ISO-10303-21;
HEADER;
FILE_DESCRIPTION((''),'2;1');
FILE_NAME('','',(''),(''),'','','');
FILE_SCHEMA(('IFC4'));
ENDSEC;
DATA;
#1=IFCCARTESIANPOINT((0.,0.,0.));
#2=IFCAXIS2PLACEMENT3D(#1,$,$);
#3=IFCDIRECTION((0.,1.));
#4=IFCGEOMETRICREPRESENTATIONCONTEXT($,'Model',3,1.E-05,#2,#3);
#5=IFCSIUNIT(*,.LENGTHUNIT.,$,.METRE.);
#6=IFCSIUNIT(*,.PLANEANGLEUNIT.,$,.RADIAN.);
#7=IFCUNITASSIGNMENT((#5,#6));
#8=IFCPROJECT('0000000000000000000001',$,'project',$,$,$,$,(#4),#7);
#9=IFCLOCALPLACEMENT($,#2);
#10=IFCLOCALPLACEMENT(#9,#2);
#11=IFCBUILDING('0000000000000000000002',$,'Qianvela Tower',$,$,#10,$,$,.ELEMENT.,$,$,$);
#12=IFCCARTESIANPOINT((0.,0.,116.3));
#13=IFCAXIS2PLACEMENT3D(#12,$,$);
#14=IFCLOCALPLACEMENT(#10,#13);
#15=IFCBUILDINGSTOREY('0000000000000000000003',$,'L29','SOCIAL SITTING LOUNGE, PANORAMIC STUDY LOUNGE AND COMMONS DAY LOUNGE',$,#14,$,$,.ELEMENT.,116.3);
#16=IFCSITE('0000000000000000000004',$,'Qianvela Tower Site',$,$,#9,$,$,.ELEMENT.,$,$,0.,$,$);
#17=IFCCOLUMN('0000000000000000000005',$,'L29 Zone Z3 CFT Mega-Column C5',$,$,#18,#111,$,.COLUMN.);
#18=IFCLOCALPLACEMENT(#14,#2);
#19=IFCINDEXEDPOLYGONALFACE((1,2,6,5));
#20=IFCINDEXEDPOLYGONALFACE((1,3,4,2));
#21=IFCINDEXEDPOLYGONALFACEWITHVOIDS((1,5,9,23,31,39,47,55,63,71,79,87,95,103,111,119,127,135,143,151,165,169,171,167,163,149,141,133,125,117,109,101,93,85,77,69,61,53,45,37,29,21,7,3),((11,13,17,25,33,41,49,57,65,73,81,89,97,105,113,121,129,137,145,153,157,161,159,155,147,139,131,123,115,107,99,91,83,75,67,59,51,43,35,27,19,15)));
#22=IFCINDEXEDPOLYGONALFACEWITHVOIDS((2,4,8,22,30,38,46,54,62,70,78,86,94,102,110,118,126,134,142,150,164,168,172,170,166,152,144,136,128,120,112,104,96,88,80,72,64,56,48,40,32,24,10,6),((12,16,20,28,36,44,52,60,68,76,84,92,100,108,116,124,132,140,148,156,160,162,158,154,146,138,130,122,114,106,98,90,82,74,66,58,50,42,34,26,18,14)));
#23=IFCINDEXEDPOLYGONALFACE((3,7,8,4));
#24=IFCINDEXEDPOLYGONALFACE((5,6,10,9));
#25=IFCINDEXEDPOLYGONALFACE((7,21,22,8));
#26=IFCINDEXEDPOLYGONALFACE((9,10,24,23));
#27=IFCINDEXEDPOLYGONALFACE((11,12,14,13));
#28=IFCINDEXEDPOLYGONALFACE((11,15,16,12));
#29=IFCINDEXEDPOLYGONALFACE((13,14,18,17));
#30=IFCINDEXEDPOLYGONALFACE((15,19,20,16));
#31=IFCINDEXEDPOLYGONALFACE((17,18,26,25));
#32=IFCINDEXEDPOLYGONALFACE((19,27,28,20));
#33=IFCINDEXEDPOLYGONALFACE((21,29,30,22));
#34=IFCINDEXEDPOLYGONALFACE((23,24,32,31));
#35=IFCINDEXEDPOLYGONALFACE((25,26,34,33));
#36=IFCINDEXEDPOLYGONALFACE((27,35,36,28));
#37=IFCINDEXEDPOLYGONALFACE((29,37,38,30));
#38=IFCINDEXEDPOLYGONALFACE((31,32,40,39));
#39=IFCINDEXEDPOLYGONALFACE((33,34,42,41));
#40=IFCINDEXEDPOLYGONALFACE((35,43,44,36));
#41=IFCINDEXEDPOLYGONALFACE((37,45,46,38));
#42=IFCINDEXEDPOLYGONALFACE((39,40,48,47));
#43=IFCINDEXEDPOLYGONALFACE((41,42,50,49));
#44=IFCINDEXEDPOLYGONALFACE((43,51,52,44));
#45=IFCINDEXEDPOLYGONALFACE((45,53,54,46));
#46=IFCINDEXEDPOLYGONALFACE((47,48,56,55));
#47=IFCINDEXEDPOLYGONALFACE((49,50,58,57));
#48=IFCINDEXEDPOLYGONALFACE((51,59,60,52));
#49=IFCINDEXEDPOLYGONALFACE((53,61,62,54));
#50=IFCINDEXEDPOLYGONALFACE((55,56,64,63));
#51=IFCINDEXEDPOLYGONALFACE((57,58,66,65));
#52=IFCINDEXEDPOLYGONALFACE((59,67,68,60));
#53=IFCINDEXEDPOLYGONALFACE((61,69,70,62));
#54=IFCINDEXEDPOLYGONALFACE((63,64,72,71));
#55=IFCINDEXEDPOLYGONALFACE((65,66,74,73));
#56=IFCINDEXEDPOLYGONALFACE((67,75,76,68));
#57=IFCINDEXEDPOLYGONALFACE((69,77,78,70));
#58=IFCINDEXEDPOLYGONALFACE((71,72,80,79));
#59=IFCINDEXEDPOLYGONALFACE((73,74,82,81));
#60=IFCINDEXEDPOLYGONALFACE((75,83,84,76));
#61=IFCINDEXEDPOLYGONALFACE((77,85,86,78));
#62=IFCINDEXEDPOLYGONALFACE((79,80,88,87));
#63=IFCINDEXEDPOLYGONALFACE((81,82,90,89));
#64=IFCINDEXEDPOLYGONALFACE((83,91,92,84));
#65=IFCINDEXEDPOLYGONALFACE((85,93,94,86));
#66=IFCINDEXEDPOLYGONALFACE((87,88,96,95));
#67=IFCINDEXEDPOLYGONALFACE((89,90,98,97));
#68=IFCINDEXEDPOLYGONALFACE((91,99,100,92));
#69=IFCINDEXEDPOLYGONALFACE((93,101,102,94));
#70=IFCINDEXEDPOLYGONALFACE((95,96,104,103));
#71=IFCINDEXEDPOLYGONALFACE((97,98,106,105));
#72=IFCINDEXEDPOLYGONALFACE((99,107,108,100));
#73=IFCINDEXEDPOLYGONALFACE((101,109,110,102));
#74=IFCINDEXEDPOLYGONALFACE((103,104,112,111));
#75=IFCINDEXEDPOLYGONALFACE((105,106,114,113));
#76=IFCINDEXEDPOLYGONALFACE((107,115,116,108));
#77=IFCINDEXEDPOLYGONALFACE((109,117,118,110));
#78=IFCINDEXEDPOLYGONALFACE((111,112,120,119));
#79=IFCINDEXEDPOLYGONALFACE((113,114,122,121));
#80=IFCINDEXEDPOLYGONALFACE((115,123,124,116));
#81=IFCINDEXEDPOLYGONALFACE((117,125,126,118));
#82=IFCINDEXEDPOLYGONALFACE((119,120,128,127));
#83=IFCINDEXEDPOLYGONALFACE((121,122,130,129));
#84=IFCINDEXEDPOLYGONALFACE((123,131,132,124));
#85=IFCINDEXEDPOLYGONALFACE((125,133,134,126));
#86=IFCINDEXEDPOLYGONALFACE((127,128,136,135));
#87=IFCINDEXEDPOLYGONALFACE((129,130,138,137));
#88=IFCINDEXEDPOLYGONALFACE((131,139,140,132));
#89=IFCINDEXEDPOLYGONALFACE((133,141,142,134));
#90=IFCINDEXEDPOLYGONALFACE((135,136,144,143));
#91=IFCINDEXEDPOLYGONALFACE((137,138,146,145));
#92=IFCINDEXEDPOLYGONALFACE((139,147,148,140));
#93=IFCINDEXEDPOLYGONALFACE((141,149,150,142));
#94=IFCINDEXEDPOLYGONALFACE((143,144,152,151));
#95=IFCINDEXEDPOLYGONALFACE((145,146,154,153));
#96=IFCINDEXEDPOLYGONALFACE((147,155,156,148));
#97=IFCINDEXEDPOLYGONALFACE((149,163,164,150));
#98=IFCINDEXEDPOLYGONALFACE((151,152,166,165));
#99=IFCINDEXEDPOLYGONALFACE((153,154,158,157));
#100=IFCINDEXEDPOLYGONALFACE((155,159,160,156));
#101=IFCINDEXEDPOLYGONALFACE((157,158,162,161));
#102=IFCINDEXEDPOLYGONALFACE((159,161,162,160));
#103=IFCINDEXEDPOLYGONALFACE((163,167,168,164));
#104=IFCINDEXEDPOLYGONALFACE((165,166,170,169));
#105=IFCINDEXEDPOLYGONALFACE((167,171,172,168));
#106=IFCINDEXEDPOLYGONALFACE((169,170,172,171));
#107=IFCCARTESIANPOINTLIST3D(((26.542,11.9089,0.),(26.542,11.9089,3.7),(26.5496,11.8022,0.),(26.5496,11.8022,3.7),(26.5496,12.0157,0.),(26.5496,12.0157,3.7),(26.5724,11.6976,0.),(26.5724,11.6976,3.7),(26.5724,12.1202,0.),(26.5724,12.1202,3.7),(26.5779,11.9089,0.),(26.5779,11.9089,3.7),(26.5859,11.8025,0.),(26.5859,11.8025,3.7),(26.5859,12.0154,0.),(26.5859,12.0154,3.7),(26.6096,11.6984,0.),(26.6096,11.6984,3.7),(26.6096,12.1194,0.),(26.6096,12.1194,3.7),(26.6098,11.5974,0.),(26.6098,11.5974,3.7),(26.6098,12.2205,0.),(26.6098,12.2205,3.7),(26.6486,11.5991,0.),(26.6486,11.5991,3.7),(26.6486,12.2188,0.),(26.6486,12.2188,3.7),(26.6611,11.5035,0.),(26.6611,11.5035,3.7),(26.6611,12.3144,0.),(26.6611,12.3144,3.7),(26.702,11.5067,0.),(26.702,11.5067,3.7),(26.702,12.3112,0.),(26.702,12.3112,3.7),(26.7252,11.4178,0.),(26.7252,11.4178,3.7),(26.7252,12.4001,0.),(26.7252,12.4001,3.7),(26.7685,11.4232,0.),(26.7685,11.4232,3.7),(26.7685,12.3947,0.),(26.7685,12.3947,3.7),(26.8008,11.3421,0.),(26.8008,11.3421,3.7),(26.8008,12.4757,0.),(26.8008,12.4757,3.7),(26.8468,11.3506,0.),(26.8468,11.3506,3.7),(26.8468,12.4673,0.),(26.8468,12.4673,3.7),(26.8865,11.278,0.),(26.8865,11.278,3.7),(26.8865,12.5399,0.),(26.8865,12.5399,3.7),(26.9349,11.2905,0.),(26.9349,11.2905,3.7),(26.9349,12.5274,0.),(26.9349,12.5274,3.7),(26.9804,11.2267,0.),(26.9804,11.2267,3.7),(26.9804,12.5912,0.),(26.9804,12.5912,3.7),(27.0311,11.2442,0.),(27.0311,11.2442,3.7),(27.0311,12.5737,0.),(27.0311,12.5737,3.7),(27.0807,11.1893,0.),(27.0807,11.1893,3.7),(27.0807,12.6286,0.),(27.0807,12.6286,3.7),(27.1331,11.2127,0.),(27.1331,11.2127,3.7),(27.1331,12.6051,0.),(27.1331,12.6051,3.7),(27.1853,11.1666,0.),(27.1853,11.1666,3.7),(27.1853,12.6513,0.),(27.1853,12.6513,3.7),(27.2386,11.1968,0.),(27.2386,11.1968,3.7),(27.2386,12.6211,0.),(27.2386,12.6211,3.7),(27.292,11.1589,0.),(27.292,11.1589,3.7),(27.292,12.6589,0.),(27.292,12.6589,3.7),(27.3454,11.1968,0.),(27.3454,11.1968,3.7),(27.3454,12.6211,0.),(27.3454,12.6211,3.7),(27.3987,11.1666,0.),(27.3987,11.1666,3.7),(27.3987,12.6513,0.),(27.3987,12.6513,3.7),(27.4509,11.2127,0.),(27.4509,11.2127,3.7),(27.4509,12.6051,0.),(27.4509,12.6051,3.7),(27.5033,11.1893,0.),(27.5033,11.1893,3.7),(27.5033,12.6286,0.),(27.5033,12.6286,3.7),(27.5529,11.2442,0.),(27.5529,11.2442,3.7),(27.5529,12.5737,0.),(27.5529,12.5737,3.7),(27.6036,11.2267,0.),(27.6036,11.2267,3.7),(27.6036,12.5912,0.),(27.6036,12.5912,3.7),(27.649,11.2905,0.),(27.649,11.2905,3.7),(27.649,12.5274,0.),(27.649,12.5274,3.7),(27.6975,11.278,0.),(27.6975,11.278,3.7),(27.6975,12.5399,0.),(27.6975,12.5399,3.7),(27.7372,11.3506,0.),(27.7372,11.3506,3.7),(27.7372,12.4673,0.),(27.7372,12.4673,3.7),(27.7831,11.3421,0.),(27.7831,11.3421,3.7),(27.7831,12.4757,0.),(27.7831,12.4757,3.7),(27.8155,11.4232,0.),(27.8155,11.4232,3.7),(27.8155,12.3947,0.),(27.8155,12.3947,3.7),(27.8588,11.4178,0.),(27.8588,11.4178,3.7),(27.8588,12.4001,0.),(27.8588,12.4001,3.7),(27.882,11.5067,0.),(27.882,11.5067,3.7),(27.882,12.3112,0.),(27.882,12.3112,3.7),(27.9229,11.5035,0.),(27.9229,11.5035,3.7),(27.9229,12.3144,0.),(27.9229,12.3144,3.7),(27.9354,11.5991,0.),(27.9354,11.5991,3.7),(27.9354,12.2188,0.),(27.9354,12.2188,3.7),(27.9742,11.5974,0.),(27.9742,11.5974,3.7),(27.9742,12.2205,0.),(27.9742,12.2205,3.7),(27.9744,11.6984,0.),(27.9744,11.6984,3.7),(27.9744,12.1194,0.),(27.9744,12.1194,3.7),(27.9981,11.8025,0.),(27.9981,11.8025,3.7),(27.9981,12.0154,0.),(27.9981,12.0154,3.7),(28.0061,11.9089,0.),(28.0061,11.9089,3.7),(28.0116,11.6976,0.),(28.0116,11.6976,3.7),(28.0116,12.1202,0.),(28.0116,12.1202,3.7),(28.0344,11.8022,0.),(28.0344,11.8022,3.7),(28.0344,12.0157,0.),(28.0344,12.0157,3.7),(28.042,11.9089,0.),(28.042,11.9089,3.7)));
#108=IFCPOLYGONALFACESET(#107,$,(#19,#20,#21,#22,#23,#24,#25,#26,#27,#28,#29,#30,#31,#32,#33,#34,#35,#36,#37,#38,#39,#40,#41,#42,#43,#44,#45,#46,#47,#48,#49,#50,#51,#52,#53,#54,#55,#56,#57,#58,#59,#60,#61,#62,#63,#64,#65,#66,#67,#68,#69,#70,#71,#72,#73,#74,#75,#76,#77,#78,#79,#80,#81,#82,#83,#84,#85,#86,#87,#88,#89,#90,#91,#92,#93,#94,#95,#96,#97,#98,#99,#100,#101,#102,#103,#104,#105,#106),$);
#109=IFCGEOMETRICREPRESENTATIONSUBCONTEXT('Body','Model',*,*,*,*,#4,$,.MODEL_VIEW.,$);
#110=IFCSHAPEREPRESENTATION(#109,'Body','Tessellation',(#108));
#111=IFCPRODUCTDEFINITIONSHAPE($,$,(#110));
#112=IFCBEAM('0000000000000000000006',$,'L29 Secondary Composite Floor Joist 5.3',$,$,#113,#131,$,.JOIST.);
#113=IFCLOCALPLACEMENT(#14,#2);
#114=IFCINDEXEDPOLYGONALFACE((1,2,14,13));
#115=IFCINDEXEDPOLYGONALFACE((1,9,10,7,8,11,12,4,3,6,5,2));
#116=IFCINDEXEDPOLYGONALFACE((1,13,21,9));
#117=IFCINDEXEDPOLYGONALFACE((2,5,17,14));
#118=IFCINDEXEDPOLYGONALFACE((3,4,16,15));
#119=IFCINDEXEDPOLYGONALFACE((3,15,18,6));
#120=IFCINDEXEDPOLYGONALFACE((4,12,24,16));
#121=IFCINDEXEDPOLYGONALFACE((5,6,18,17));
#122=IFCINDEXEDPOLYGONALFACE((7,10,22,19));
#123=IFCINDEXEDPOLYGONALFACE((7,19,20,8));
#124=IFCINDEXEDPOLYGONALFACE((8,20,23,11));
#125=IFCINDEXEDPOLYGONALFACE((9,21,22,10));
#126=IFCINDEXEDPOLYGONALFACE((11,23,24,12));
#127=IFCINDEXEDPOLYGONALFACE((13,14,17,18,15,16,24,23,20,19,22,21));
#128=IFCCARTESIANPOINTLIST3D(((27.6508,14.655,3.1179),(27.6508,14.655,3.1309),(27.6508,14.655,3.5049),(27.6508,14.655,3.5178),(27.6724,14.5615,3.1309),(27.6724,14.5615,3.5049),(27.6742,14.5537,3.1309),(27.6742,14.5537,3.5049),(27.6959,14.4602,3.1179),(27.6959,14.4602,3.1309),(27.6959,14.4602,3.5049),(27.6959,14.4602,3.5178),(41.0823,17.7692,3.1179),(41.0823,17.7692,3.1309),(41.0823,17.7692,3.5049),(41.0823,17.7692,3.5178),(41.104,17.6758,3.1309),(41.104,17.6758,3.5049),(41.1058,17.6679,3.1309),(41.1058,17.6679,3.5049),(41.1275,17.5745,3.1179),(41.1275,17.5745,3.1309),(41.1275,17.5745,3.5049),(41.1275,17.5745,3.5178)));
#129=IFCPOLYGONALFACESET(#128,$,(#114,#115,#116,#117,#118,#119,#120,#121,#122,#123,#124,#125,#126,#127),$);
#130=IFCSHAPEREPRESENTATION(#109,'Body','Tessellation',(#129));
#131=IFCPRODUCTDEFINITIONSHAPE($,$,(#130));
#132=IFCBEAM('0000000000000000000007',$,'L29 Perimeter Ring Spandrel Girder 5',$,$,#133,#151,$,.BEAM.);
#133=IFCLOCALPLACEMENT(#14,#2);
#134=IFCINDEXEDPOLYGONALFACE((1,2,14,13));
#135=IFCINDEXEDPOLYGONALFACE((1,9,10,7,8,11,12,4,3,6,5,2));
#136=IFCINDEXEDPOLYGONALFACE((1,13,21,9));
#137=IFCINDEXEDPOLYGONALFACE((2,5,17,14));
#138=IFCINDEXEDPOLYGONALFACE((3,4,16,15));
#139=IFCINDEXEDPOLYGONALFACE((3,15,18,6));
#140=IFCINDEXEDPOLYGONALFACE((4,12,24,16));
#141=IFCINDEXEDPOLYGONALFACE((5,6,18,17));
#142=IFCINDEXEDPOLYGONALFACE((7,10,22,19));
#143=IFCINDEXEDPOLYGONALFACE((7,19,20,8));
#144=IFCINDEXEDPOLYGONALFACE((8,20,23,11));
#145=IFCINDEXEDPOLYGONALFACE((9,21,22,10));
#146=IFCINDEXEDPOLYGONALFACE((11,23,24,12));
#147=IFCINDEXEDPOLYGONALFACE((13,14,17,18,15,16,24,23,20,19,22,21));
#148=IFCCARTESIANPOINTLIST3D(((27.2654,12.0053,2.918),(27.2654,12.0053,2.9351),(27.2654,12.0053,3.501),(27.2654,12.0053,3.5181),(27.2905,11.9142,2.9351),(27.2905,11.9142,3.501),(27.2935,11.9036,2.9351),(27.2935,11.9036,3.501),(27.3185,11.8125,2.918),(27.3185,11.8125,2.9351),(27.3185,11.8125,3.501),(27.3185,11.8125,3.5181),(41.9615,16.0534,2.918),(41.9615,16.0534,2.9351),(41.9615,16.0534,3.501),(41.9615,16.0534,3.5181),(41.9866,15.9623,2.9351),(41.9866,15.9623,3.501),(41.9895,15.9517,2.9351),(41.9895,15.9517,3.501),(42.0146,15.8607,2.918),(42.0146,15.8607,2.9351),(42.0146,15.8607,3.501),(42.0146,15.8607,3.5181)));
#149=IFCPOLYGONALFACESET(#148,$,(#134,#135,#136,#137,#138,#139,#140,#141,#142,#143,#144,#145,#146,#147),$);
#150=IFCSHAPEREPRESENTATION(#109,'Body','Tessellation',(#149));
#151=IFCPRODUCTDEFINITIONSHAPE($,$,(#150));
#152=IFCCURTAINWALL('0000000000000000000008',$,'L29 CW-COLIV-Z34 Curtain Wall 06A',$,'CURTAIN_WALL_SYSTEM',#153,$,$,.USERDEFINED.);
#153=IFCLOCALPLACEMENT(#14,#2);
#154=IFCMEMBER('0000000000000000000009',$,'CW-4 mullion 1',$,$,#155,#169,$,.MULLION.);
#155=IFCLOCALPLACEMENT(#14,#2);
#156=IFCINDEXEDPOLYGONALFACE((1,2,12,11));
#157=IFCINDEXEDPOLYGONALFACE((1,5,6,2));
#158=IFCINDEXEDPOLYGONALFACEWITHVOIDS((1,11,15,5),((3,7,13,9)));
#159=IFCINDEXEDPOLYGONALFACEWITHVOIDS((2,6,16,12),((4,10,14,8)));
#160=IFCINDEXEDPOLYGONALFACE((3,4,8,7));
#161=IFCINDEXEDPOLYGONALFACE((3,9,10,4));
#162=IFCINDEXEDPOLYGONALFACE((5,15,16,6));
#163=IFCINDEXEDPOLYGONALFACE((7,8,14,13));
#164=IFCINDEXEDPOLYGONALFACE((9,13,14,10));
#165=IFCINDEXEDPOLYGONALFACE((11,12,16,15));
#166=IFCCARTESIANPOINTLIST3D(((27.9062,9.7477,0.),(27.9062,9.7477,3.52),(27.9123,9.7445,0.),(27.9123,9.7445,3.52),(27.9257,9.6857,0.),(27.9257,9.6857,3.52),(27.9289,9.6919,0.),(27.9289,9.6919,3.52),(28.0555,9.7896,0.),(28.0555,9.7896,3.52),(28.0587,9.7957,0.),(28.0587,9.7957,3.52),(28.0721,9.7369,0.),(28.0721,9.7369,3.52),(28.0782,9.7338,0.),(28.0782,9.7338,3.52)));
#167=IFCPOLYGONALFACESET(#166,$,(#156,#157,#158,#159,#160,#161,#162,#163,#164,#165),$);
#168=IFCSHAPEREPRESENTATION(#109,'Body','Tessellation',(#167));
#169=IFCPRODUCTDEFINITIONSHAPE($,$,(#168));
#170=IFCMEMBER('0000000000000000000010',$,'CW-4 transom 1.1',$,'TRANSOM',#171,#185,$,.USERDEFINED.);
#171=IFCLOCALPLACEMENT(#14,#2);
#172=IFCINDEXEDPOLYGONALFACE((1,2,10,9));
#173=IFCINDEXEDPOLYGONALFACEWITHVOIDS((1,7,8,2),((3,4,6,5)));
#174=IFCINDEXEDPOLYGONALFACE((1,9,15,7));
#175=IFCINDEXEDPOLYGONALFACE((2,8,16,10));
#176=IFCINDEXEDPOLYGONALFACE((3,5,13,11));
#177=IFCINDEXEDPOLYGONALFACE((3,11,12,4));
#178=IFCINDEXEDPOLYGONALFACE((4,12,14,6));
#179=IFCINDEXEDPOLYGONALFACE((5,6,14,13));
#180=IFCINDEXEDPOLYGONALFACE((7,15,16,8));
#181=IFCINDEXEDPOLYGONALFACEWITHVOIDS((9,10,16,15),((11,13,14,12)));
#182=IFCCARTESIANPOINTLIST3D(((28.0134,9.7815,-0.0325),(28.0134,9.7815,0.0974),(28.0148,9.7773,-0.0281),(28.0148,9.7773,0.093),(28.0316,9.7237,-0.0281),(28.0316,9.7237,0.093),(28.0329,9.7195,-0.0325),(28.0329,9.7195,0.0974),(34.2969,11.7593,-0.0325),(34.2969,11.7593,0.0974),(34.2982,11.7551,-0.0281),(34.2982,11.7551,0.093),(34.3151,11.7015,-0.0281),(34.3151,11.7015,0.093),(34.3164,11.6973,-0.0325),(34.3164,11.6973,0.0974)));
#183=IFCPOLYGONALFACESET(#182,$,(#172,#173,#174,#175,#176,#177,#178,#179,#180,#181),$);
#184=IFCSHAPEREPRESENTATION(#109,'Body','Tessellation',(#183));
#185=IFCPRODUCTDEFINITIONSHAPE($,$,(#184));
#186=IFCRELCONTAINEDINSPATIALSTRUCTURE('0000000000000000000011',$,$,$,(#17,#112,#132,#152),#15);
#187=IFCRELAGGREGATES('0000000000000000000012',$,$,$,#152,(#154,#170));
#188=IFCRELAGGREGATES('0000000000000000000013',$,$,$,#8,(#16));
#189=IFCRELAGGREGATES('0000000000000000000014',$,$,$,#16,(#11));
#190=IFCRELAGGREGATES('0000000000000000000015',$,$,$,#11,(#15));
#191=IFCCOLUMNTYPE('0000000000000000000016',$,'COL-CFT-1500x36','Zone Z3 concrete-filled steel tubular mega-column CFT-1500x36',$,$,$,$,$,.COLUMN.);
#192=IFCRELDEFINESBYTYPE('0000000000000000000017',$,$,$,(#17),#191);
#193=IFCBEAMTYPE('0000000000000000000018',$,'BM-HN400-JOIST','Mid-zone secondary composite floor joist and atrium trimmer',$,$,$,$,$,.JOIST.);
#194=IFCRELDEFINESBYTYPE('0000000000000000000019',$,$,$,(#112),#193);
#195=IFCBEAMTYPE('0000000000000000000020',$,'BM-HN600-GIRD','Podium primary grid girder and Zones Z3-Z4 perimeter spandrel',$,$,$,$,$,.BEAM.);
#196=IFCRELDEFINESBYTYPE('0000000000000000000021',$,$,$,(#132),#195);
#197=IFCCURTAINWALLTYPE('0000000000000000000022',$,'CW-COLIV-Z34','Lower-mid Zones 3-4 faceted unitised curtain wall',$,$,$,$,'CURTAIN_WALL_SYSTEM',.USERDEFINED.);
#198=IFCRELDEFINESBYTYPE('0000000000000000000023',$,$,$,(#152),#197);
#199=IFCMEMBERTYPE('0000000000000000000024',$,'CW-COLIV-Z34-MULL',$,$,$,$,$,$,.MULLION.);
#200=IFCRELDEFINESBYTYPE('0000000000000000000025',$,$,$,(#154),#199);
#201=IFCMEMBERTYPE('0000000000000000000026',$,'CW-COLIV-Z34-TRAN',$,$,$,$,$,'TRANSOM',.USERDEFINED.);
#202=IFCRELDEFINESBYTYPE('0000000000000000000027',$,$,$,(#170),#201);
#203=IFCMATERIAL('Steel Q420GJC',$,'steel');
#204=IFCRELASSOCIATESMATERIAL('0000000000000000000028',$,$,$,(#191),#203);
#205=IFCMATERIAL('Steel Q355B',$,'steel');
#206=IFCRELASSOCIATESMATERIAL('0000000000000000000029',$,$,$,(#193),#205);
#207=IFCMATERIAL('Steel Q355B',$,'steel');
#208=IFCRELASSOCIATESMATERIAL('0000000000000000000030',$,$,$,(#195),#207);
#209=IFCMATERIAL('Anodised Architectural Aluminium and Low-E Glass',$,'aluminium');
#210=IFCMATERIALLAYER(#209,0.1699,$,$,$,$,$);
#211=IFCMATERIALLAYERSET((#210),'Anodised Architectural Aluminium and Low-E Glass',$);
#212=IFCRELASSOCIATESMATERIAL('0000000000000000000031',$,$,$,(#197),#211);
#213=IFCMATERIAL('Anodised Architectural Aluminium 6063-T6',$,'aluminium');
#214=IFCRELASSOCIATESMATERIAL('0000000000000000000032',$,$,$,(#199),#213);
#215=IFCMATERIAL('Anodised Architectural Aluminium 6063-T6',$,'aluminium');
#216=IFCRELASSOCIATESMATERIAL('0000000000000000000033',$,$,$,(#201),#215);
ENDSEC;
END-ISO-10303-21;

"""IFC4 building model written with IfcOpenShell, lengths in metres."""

from ifc_helpers import new_model, si_unit, direction, frame, origin, origin_2d, place, context, subcontext, project, spatial, hollow_rectangle, hollow_circle, i_section, extrude, material, layer, layer_set, material_profile, profile_set, type_object, element, aggregate, save


model = new_model("IFC4")

# Units and contexts
model_context = context("Model", 3, precision=1e-05, world=origin(), true_north=direction((0.0, 1.0)))
body_context = subcontext(model_context, "Body", "Model", "MODEL_VIEW")
ifc_project = project(units=[si_unit("LENGTHUNIT", "METRE"), si_unit("PLANEANGLEUNIT", "RADIAN")], contexts=[model_context])

# Site, building, storey
site_placement = place(None, origin())
site = spatial("IfcSite", under=ifc_project, at=site_placement, Name="Qianvela Tower Site", CompositionType="ELEMENT", RefElevation=0.0)
building_placement = place(site_placement, origin())
building = spatial("IfcBuilding", under=site, at=building_placement, Name="Qianvela Tower", CompositionType="ELEMENT")
storey_placement = place(building_placement, frame((0.0, 0.0, 116.3)))
storey = spatial("IfcBuildingStorey", under=building, at=storey_placement, Name="L29", Description="SOCIAL SITTING LOUNGE, PANORAMIC STUDY LOUNGE AND COMMONS DAY LOUNGE", CompositionType="ELEMENT", Elevation=116.3)

# Column
ifc_material_1 = material(Name="Steel Q420GJC", Category="steel")
ifc_material_profile_1 = material_profile(ifc_material_1, hollow_circle(Radius=0.75, WallThickness=0.0359, at=origin_2d()), Name="CFT-1500x36")
ifc_profile_set_1 = profile_set([ifc_material_profile_1], Name="Steel Q420GJC")
column_type = type_object("IfcColumnType", Name="COL-CFT-1500x36", Description="Zone Z3 concrete-filled steel tubular mega-column CFT-1500x36", PredefinedType="COLUMN", material=ifc_profile_set_1)
column_placement = place(storey_placement, frame((27.292, 11.9089, 0.0), z_axis=(0.0, 0.0, 1.0), x_axis=(1.0, 0.0, 0.0)))
element("IfcColumn", 1, at=column_placement, inside=storey, type_object=column_type, Name="L29 Zone Z3 CFT Mega-Column C5", PredefinedType="COLUMN", context=body_context, shape_type="SweptSolid", body=[
    extrude(hollow_circle(Radius=0.75, WallThickness=0.0359, at=origin_2d()), origin(), (0.0, 0.0, 1.0), 3.7),
])

# Beams
ifc_material_2 = material(Name="Steel Q355B", Category="steel")
ifc_material_profile_2 = material_profile(ifc_material_2, i_section(OverallWidth=0.2, OverallDepth=0.3999, WebThickness=0.0081, FlangeThickness=0.0129, at=origin_2d()), Name="HN400x200x8x13")
ifc_profile_set_2 = profile_set([ifc_material_profile_2], Name="Steel Q355B")
beam_type_1 = type_object("IfcBeamType", Name="BM-HN400-JOIST", Description="Mid-zone secondary composite floor joist and atrium trimmer", PredefinedType="JOIST", material=ifc_profile_set_2)
beam_1_placement = place(storey_placement, frame((27.6733, 14.5576, 3.3179), z_axis=(0.974158, 0.225868, 0.0), x_axis=(-0.225868, 0.974158, 0.0)))
element("IfcBeam", 2, at=beam_1_placement, inside=storey, type_object=beam_type_1, Name="L29 Secondary Composite Floor Joist 5.3", PredefinedType="JOIST", context=body_context, shape_type="SweptSolid", body=[
    extrude(i_section(OverallWidth=0.2, OverallDepth=0.3999, WebThickness=0.0081, FlangeThickness=0.0129, at=origin_2d()), origin(), (0.0, 0.0, 1.0), 13.7878),
])
ifc_material_3 = material(Name="Steel Q355B", Category="steel")
ifc_material_profile_3 = material_profile(ifc_material_3, i_section(OverallWidth=0.2, OverallDepth=0.6001, WebThickness=0.011, FlangeThickness=0.0171, at=origin_2d()), Name="HN600x200x11x17")
ifc_profile_set_3 = profile_set([ifc_material_profile_3], Name="Steel Q355B")
beam_type_2 = type_object("IfcBeamType", Name="BM-HN600-GIRD", Description="Podium primary grid girder and Zones Z3-Z4 perimeter spandrel", PredefinedType="BEAM", material=ifc_profile_set_3)
beam_2_placement = place(storey_placement, frame((27.292, 11.9089, 3.218), z_axis=(0.964093, 0.265564, 0.0), x_axis=(-0.265564, 0.964093, 0.0)))
element("IfcBeam", 3, at=beam_2_placement, inside=storey, type_object=beam_type_2, Name="L29 Perimeter Ring Spandrel Girder 5", PredefinedType="BEAM", context=body_context, shape_type="SweptSolid", body=[
    extrude(i_section(OverallWidth=0.2, OverallDepth=0.6001, WebThickness=0.011, FlangeThickness=0.0171, at=origin_2d()), origin(), (0.0, 0.0, 1.0), 15.2434),
])

# Curtain wall, members
ifc_material_4 = material(Name="Anodised Architectural Aluminium and Low-E Glass", Category="aluminium")
ifc_layer_1 = layer(ifc_material_4, 0.1699)
ifc_layer_set_1 = layer_set([ifc_layer_1], Name="Anodised Architectural Aluminium and Low-E Glass")
curtain_wall_type = type_object("IfcCurtainWallType", Name="CW-COLIV-Z34", Description="Lower-mid Zones 3-4 faceted unitised curtain wall", ElementType="CURTAIN_WALL_SYSTEM", PredefinedType="USERDEFINED", material=ifc_layer_set_1)
curtain_wall_placement = place(storey_placement, origin())
curtain_wall = element("IfcCurtainWall", 4, at=curtain_wall_placement, inside=storey, type_object=curtain_wall_type, Name="L29 CW-COLIV-Z34 Curtain Wall 06A", ObjectType="CURTAIN_WALL_SYSTEM", PredefinedType="USERDEFINED")
ifc_material_5 = material(Name="Anodised Architectural Aluminium 6063-T6", Category="aluminium")
ifc_material_profile_4 = material_profile(ifc_material_5, hollow_rectangle(XDim=0.0649, YDim=0.1599, WallThickness=0.0049, at=origin_2d()), Name="ALU-MULL-65x160")
ifc_profile_set_4 = profile_set([ifc_material_profile_4], Name="Anodised Architectural Aluminium 6063-T6")
member_type_1 = type_object("IfcMemberType", Name="CW-COLIV-Z34-MULL", PredefinedType="MULLION", material=ifc_profile_set_4)
member_1_placement = place(storey_placement, frame((27.9922, 9.7407, 0.0), z_axis=(0.0, 0.0, 1.0), x_axis=(-0.300261, 0.953857, 0.0)))
member_1 = element("IfcMember", 5, at=member_1_placement, type_object=member_type_1, Name="CW-4 mullion 1", PredefinedType="MULLION", context=body_context, shape_type="SweptSolid", body=[
    extrude(hollow_rectangle(XDim=0.0649, YDim=0.1599, WallThickness=0.0049, at=origin_2d()), origin(), (0.0, 0.0, 1.0), 3.52),
])
ifc_material_6 = material(Name="Anodised Architectural Aluminium 6063-T6", Category="aluminium")
ifc_material_profile_5 = material_profile(ifc_material_6, hollow_rectangle(XDim=0.0649, YDim=0.1299, WallThickness=0.0044, at=origin_2d()), Name="ALU-TRAN-65x130")
ifc_profile_set_5 = profile_set([ifc_material_profile_5], Name="Anodised Architectural Aluminium 6063-T6")
member_type_2 = type_object("IfcMemberType", Name="CW-COLIV-Z34-TRAN", ElementType="TRANSOM", PredefinedType="USERDEFINED", material=ifc_profile_set_5)
member_2_placement = place(storey_placement, frame((28.0232, 9.7505, 0.0325), z_axis=(0.953864, 0.300239, 0.0), x_axis=(-0.300239, 0.953864, 0.0)))
member_2 = element("IfcMember", 6, at=member_2_placement, type_object=member_type_2, Name="CW-4 transom 1.1", ObjectType="TRANSOM", PredefinedType="USERDEFINED", context=body_context, shape_type="SweptSolid", body=[
    extrude(hollow_rectangle(XDim=0.0649, YDim=0.1299, WallThickness=0.0044, at=origin_2d()), origin(), (0.0, 0.0, 1.0), 6.5874),
])
aggregate(curtain_wall, [member_1, member_2])

save(model, "model.ifc")
